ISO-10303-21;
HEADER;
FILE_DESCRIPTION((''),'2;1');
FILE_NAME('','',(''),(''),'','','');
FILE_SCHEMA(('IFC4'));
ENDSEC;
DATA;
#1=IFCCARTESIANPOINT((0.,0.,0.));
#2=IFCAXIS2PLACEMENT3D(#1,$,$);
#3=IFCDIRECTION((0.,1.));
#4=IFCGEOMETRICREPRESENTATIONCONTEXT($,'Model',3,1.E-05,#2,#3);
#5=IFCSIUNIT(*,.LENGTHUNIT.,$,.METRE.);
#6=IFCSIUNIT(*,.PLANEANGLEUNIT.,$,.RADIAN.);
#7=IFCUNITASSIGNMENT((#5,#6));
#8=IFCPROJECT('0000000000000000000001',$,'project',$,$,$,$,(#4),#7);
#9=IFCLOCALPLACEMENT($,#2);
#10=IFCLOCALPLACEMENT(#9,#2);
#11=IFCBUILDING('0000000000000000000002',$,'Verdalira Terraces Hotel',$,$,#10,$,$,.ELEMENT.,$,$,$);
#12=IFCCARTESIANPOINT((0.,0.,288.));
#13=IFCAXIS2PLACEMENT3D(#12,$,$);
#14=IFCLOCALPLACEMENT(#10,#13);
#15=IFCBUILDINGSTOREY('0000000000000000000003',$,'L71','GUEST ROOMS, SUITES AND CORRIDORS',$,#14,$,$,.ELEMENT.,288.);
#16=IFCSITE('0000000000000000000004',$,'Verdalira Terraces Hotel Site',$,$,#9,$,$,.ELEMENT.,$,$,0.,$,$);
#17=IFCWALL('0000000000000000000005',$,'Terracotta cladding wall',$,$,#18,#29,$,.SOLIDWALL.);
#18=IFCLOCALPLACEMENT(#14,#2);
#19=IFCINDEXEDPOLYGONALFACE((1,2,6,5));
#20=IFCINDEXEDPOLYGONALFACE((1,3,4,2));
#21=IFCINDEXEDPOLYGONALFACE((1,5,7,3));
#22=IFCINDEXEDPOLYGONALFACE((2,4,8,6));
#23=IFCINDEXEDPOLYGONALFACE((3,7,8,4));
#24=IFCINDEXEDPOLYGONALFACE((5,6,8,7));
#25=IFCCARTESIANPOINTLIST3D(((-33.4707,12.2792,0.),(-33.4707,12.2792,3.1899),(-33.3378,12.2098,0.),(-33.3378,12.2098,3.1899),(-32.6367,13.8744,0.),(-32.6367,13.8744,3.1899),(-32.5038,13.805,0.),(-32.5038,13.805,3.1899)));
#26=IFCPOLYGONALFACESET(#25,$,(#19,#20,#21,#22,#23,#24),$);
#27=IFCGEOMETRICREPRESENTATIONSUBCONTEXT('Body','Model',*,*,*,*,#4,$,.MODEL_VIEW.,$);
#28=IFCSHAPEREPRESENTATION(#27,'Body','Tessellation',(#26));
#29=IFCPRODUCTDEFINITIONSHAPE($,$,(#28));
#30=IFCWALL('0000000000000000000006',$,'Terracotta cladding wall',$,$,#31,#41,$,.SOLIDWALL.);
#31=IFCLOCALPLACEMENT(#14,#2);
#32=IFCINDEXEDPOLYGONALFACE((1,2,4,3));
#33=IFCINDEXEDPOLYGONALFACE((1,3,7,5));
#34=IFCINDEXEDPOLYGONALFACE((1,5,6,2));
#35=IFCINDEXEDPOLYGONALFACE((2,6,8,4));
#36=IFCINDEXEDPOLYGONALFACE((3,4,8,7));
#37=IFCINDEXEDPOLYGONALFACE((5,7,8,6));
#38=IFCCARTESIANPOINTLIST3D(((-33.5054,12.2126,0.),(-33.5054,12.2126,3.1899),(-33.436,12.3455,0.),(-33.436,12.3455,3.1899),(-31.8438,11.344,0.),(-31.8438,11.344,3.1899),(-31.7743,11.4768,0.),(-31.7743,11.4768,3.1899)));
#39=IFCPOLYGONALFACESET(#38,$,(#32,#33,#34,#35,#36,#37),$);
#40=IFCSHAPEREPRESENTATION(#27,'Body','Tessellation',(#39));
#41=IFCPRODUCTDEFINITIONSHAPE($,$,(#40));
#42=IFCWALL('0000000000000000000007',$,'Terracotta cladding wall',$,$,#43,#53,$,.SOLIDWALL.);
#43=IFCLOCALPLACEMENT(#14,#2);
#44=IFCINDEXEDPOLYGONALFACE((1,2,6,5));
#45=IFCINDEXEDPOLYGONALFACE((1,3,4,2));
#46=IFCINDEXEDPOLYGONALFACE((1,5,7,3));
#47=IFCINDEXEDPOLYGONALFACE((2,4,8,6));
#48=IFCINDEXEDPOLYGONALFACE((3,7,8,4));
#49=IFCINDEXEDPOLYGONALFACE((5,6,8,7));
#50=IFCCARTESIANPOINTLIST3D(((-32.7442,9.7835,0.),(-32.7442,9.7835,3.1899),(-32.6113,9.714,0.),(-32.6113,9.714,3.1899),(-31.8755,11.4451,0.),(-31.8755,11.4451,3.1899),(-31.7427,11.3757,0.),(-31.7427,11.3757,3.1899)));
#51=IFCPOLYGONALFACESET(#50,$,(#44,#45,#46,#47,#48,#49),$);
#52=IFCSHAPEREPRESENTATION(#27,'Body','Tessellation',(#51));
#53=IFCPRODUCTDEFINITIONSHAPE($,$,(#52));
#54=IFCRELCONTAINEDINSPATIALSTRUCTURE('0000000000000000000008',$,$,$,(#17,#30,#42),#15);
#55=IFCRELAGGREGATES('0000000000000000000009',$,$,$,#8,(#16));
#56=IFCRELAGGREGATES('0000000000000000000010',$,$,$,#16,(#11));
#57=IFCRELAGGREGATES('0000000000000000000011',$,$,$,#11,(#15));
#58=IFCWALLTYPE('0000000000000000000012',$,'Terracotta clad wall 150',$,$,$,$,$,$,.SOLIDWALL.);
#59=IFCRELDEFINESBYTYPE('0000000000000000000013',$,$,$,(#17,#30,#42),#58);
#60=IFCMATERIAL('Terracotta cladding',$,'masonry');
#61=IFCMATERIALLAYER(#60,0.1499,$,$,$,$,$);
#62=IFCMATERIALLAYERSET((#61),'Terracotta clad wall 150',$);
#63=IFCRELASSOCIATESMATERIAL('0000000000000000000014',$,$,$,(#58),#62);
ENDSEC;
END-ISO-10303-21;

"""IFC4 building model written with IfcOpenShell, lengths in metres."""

from ifc_helpers import new_model, si_unit, direction, frame, frame_2d, origin, place, context, subcontext, project, spatial, rectangle, extrude, material, layer, layer_set, type_object, element, save


model = new_model("IFC4")

# Units and contexts
model_context = context("Model", 3, precision=1e-05, world=origin(), true_north=direction((0.0, 1.0)))
body_context = subcontext(model_context, "Body", "Model", "MODEL_VIEW")
ifc_project = project(units=[si_unit("LENGTHUNIT", "METRE"), si_unit("PLANEANGLEUNIT", "RADIAN")], contexts=[model_context])

# Site, building, storey
site_placement = place(None, origin())
site = spatial("IfcSite", under=ifc_project, at=site_placement, Name="Verdalira Terraces Hotel Site", CompositionType="ELEMENT", RefElevation=0.0)
building_placement = place(site_placement, origin())
building = spatial("IfcBuilding", under=site, at=building_placement, Name="Verdalira Terraces Hotel", CompositionType="ELEMENT")
storey_placement = place(building_placement, frame((0.0, 0.0, 288.0)))
storey = spatial("IfcBuildingStorey", under=building, at=storey_placement, Name="L71", Description="GUEST ROOMS, SUITES AND CORRIDORS", CompositionType="ELEMENT", Elevation=288.0)

# Walls
ifc_material_1 = material(Name="Terracotta cladding", Category="masonry")
ifc_layer_1 = layer(ifc_material_1, 0.1499)
ifc_layer_set_1 = layer_set([ifc_layer_1], Name="Terracotta clad wall 150")
wall_type_1 = type_object("IfcWallType", Name="Terracotta clad wall 150", PredefinedType="SOLIDWALL", material=ifc_layer_set_1)
wall_1_placement = place(storey_placement, frame((-32.5703, 13.8396, 0.0), z_axis=(0.0, 0.0, 1.0), x_axis=(-0.463307, -0.886198, 0.0)))
element("IfcWall", 1, at=wall_1_placement, inside=storey, type_object=wall_type_1, Name="Terracotta cladding wall", PredefinedType="SOLIDWALL", context=body_context, shape_type="SweptSolid", body=[
    extrude(rectangle(XDim=1.8, YDim=0.1499, at=frame_2d((0.8999, 0.0))), origin(), (0.0, 0.0, 1.0), 3.1899),
])
for number, where, z_axis, x_axis, name in (
    (2, (-33.4707, 12.2791, 0.0), (0.0, 0.0, 1.0), (0.886208, -0.463287, 0.0), "Terracotta cladding wall"),
    (3, (-31.8091, 11.4104, 0.0), (0.0, 0.0, 1.0), (-0.463287, -0.886208, 0.0), "Terracotta cladding wall"),
):
    element("IfcWall", number, at=place(storey_placement, frame(where, z_axis=z_axis, x_axis=x_axis)), inside=storey, type_object=wall_type_1, Name=name, PredefinedType="SOLIDWALL", context=body_context, shape_type="SweptSolid", body=[
        extrude(rectangle(XDim=1.875, YDim=0.1499, at=frame_2d((0.9375, 0.0))), origin(), (0.0, 0.0, 1.0), 3.1899),
    ])

save(model, "model.ifc")
